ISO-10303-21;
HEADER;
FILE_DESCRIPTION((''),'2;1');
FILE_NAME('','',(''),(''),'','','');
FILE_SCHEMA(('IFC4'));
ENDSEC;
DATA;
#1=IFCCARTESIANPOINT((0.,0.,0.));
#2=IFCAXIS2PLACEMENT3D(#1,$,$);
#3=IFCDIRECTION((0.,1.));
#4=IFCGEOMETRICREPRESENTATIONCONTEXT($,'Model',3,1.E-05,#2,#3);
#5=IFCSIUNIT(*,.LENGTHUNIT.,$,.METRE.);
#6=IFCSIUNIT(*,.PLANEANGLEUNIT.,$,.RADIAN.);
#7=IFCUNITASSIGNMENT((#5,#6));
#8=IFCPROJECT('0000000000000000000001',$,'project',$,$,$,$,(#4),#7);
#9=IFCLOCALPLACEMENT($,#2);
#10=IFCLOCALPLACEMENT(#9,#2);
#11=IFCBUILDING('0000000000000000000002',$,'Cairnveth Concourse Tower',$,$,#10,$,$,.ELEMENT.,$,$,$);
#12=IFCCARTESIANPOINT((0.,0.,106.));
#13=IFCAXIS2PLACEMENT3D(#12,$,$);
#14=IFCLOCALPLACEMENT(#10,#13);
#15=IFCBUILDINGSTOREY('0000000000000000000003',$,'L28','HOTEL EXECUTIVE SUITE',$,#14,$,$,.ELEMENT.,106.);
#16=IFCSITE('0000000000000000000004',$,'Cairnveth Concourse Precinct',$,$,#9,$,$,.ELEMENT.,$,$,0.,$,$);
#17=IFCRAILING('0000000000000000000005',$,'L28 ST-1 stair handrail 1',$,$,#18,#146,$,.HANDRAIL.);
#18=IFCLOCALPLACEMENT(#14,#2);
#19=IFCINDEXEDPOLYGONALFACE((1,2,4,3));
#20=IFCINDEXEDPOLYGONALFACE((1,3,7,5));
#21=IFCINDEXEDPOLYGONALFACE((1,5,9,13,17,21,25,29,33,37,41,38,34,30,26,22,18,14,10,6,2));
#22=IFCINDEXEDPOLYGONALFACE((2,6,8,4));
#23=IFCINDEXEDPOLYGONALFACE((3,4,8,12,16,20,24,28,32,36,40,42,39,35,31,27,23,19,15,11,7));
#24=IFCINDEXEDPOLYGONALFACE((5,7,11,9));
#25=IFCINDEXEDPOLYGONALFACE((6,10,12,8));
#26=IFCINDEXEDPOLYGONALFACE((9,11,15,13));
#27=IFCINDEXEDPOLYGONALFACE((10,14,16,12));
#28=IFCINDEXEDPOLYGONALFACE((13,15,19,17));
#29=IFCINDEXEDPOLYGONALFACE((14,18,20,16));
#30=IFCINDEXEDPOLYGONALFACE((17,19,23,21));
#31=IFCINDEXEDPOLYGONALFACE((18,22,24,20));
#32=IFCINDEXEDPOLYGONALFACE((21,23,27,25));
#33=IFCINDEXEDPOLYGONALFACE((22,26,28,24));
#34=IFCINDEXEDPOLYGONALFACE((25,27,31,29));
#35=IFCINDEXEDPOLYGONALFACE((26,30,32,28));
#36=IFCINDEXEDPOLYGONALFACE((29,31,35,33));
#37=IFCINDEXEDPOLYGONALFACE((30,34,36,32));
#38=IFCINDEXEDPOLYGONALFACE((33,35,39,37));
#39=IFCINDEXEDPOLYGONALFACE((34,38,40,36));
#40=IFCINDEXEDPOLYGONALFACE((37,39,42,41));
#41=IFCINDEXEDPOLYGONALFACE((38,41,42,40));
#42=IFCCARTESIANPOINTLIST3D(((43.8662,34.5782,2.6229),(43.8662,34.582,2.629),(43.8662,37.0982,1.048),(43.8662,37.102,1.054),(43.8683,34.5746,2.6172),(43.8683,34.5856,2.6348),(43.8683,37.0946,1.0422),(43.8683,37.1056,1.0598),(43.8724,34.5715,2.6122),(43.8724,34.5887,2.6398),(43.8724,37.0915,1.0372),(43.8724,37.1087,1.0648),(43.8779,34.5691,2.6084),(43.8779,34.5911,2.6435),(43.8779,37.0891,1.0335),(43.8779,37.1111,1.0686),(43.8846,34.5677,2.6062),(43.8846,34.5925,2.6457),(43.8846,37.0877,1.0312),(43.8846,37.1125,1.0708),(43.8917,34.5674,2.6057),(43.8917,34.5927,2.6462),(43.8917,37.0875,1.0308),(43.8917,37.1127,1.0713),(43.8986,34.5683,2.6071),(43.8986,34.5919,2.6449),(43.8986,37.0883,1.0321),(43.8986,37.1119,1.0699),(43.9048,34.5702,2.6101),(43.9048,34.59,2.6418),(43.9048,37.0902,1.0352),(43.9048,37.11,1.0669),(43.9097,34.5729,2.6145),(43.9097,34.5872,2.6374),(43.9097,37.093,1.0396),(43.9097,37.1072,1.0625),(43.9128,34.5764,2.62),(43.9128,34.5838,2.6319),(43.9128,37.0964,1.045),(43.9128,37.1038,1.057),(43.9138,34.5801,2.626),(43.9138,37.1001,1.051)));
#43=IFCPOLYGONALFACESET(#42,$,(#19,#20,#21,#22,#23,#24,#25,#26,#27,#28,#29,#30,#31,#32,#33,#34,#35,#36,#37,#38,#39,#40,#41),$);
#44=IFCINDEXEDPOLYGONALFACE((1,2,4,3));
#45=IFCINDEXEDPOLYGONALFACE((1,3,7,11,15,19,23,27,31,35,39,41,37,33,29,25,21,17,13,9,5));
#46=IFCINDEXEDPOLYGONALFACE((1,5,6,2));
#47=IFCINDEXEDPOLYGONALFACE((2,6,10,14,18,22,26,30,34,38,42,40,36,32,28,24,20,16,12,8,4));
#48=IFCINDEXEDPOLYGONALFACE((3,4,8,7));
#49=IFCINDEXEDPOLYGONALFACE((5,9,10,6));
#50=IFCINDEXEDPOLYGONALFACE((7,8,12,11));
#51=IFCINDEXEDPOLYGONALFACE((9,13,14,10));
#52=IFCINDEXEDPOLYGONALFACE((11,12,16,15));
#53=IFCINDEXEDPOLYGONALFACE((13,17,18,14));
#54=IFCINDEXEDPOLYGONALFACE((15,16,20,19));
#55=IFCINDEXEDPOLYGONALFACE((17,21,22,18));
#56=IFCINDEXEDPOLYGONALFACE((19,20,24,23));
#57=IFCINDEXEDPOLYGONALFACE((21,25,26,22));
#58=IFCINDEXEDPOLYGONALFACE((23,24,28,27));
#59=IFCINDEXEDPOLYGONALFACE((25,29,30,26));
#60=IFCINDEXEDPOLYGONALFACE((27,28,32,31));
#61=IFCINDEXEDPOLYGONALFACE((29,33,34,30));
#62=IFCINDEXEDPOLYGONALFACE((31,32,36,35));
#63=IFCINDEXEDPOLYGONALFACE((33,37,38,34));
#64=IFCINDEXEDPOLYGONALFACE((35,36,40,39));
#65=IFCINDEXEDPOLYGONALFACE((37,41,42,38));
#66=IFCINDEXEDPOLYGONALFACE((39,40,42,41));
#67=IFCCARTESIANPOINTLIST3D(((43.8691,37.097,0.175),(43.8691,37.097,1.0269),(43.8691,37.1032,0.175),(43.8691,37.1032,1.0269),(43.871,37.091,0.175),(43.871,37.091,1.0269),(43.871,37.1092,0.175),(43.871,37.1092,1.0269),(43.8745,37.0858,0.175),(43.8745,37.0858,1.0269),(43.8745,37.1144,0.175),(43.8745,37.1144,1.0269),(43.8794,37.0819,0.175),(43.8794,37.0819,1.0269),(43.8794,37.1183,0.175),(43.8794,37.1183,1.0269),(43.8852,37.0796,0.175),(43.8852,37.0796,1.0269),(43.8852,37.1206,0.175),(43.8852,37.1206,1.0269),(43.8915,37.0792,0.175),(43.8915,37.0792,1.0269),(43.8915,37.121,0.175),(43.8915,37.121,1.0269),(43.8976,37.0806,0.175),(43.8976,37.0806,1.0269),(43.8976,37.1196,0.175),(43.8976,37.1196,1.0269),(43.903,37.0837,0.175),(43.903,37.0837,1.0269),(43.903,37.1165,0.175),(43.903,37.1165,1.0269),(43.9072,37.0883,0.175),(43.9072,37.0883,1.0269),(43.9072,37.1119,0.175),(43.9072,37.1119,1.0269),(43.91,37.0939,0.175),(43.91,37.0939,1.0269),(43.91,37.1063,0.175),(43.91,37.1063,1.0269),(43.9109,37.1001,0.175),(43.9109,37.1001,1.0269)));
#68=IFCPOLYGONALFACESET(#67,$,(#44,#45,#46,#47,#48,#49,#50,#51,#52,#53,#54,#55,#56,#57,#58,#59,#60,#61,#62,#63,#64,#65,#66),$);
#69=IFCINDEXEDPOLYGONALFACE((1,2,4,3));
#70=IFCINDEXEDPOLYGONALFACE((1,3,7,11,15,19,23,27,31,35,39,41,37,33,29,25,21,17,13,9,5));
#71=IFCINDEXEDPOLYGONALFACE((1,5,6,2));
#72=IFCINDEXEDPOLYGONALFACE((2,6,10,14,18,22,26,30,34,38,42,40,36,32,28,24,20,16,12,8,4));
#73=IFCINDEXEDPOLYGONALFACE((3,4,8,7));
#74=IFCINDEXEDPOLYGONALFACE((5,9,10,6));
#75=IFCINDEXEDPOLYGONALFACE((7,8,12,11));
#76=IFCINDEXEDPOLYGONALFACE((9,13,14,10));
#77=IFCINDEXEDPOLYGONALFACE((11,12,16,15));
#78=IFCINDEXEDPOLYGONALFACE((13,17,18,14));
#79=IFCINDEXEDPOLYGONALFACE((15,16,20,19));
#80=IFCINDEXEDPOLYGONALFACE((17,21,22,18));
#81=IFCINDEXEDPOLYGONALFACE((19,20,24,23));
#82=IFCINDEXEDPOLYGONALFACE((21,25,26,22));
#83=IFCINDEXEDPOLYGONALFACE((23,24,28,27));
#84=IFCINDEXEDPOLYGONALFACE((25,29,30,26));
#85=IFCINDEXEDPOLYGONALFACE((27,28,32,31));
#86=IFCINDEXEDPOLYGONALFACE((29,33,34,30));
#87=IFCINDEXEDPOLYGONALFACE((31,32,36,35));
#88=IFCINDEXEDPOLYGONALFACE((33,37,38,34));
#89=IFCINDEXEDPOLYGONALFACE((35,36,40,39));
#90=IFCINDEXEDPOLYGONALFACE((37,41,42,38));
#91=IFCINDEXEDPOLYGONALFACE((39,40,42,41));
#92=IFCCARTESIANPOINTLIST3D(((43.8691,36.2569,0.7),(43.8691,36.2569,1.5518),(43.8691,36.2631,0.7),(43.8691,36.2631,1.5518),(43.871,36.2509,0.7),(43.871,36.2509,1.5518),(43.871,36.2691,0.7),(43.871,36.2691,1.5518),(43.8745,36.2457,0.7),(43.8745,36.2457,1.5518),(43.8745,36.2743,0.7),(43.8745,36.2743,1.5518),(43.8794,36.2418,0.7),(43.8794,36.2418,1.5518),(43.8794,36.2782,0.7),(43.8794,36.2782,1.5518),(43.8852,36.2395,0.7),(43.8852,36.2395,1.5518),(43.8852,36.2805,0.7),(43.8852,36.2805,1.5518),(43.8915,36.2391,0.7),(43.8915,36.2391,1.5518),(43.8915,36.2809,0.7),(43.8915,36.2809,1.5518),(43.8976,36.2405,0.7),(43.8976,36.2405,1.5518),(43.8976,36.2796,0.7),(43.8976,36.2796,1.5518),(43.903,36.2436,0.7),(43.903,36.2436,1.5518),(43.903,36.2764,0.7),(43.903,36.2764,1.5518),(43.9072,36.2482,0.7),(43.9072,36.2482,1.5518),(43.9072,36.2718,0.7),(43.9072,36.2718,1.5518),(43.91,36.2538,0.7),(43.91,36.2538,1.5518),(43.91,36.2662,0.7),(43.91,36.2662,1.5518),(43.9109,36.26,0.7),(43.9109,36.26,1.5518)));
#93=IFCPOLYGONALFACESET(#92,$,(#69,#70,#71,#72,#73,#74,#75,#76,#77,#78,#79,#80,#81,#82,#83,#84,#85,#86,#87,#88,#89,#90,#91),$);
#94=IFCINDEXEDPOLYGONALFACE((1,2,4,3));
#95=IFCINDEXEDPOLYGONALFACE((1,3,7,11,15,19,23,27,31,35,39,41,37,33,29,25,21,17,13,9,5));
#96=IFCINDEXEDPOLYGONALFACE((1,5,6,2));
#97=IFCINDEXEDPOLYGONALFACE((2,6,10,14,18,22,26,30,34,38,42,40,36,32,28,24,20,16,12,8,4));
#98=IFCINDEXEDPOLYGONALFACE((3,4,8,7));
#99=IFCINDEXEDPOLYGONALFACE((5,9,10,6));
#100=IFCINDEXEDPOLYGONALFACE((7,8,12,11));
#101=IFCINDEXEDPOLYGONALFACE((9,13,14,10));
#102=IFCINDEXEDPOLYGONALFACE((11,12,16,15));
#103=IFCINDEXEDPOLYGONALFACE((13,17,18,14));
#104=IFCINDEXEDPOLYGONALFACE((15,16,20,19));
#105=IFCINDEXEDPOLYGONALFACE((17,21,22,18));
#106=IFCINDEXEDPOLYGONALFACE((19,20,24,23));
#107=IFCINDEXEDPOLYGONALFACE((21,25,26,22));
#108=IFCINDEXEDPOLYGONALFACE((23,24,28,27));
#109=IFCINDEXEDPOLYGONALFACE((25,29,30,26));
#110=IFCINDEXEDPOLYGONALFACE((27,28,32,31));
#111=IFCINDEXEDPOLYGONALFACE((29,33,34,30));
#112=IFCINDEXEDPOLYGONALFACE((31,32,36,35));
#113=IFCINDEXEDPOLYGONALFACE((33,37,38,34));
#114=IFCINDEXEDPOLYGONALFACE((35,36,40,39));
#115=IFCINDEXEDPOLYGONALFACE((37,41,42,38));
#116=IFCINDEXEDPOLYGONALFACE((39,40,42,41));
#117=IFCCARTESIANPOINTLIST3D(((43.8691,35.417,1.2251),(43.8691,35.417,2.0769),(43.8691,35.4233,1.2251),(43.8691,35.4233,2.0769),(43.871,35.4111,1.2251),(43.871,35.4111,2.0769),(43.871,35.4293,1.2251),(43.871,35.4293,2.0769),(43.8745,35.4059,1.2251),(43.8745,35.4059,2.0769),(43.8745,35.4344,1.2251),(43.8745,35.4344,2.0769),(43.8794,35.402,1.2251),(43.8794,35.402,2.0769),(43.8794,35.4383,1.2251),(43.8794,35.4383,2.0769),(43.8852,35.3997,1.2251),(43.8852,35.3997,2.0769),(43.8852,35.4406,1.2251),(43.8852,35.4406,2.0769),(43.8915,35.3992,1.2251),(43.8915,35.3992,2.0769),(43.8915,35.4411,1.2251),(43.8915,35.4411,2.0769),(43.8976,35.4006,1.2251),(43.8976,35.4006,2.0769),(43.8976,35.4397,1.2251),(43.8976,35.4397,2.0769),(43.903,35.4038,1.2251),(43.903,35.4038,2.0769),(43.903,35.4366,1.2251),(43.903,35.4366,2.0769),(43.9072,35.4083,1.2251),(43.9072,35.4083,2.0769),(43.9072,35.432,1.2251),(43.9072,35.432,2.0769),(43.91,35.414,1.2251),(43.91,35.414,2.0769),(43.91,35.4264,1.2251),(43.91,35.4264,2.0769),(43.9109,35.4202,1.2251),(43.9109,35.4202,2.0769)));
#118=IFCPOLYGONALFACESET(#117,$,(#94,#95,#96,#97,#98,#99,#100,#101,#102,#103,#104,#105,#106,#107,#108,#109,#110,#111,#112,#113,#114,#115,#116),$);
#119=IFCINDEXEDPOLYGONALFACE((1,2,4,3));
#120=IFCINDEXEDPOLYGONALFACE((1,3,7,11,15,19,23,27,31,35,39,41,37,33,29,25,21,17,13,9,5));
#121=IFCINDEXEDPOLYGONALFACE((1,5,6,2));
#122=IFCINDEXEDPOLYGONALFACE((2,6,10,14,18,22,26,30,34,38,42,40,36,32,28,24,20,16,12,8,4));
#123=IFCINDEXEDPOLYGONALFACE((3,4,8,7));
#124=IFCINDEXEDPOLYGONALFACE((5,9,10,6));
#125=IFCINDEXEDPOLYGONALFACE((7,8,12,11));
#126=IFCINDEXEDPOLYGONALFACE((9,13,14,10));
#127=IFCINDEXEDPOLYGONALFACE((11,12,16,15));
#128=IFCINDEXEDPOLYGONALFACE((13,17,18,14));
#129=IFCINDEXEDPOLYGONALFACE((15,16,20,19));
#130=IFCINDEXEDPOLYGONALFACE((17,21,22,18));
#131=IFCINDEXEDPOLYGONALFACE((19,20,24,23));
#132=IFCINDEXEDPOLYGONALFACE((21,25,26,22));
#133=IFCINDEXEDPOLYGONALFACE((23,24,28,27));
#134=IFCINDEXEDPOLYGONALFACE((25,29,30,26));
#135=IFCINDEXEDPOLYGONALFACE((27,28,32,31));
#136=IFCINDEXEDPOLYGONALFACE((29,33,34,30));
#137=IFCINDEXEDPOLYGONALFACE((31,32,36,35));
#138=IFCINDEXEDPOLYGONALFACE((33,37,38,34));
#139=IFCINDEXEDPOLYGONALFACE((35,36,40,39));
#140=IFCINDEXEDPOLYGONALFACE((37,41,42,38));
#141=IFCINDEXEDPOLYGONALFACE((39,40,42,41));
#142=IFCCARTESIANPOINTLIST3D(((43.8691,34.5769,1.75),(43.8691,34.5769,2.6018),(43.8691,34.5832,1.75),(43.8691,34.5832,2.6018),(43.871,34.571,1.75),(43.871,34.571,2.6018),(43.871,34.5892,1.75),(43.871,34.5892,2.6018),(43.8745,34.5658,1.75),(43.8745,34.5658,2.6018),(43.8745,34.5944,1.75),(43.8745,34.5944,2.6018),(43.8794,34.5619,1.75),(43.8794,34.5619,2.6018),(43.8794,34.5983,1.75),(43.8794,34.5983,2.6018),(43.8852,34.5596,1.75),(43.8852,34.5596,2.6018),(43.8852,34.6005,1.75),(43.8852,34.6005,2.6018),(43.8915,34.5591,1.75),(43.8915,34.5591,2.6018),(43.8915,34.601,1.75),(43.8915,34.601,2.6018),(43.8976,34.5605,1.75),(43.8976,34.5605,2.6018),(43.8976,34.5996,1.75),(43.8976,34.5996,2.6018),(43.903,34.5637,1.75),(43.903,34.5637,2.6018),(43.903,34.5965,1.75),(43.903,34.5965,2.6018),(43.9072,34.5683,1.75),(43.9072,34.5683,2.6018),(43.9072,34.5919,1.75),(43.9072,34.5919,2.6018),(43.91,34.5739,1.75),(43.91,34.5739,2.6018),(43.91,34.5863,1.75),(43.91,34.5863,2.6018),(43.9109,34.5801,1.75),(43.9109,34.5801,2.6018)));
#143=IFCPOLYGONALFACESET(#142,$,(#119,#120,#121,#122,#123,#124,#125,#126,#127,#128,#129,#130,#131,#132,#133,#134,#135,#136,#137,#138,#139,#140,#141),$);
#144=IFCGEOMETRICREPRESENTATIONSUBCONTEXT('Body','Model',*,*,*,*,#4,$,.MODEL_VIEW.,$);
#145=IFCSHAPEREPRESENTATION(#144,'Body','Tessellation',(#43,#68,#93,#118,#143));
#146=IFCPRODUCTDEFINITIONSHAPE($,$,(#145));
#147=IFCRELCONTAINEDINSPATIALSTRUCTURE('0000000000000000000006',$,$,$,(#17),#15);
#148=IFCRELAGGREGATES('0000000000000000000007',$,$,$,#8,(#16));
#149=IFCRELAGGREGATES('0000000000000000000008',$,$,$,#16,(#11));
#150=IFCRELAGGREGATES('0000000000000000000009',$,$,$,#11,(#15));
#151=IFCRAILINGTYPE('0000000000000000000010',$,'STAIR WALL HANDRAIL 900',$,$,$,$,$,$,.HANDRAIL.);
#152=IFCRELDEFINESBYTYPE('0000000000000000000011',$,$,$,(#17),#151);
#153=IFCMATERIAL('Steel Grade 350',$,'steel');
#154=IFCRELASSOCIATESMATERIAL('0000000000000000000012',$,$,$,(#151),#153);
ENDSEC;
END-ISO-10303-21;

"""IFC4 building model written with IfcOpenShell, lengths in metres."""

from ifc_helpers import new_model, si_unit, direction, frame, origin, origin_2d, place, context, subcontext, project, spatial, circle, extrude, material, type_object, element, save


model = new_model("IFC4")

# Units and contexts
model_context = context("Model", 3, precision=1e-05, world=origin(), true_north=direction((0.0, 1.0)))
body_context = subcontext(model_context, "Body", "Model", "MODEL_VIEW")
ifc_project = project(units=[si_unit("LENGTHUNIT", "METRE"), si_unit("PLANEANGLEUNIT", "RADIAN")], contexts=[model_context])

# Site, building, storey
site_placement = place(None, origin())
site = spatial("IfcSite", under=ifc_project, at=site_placement, Name="Cairnveth Concourse Precinct", CompositionType="ELEMENT", RefElevation=0.0)
building_placement = place(site_placement, origin())
building = spatial("IfcBuilding", under=site, at=building_placement, Name="Cairnveth Concourse Tower", CompositionType="ELEMENT")
storey_placement = place(building_placement, frame((0.0, 0.0, 106.0)))
storey = spatial("IfcBuildingStorey", under=building, at=storey_placement, Name="L28", Description="HOTEL EXECUTIVE SUITE", CompositionType="ELEMENT", Elevation=106.0)

# Railing
ifc_material_1 = material(Name="Steel Grade 350", Category="steel")
railing_type_1 = type_object("IfcRailingType", Name="STAIR WALL HANDRAIL 900", PredefinedType="HANDRAIL", material=ifc_material_1)
railing_1_placement = place(storey_placement, frame((43.8899, 37.1001, 0.175)))
element("IfcRailing", 1, at=railing_1_placement, inside=storey, type_object=railing_type_1, Name="L28 ST-1 stair handrail 1", PredefinedType="HANDRAIL", context=body_context, shape_type="SweptSolid", body=[
    extrude(circle(Radius=0.0239, at=origin_2d()), frame((0.0, 0.0, 0.876), z_axis=(0.0, -0.848008, 0.529984), x_axis=(1.0, 0.0, 0.0)), (0.0, 0.0, 1.0), 2.9717),
    extrude(circle(Radius=0.021, at=origin_2d()), origin(), (0.0, 0.0, 1.0), 0.8518),
    extrude(circle(Radius=0.021, at=origin_2d()), frame((0.0, -0.8401, 0.5249)), (0.0, 0.0, 1.0), 0.8518),
    extrude(circle(Radius=0.021, at=origin_2d()), frame((0.0, -1.6799, 1.05)), (0.0, 0.0, 1.0), 0.8518),
    extrude(circle(Radius=0.021, at=origin_2d()), frame((0.0, -2.52, 1.575)), (0.0, 0.0, 1.0), 0.8518),
])

save(model, "model.ifc")
